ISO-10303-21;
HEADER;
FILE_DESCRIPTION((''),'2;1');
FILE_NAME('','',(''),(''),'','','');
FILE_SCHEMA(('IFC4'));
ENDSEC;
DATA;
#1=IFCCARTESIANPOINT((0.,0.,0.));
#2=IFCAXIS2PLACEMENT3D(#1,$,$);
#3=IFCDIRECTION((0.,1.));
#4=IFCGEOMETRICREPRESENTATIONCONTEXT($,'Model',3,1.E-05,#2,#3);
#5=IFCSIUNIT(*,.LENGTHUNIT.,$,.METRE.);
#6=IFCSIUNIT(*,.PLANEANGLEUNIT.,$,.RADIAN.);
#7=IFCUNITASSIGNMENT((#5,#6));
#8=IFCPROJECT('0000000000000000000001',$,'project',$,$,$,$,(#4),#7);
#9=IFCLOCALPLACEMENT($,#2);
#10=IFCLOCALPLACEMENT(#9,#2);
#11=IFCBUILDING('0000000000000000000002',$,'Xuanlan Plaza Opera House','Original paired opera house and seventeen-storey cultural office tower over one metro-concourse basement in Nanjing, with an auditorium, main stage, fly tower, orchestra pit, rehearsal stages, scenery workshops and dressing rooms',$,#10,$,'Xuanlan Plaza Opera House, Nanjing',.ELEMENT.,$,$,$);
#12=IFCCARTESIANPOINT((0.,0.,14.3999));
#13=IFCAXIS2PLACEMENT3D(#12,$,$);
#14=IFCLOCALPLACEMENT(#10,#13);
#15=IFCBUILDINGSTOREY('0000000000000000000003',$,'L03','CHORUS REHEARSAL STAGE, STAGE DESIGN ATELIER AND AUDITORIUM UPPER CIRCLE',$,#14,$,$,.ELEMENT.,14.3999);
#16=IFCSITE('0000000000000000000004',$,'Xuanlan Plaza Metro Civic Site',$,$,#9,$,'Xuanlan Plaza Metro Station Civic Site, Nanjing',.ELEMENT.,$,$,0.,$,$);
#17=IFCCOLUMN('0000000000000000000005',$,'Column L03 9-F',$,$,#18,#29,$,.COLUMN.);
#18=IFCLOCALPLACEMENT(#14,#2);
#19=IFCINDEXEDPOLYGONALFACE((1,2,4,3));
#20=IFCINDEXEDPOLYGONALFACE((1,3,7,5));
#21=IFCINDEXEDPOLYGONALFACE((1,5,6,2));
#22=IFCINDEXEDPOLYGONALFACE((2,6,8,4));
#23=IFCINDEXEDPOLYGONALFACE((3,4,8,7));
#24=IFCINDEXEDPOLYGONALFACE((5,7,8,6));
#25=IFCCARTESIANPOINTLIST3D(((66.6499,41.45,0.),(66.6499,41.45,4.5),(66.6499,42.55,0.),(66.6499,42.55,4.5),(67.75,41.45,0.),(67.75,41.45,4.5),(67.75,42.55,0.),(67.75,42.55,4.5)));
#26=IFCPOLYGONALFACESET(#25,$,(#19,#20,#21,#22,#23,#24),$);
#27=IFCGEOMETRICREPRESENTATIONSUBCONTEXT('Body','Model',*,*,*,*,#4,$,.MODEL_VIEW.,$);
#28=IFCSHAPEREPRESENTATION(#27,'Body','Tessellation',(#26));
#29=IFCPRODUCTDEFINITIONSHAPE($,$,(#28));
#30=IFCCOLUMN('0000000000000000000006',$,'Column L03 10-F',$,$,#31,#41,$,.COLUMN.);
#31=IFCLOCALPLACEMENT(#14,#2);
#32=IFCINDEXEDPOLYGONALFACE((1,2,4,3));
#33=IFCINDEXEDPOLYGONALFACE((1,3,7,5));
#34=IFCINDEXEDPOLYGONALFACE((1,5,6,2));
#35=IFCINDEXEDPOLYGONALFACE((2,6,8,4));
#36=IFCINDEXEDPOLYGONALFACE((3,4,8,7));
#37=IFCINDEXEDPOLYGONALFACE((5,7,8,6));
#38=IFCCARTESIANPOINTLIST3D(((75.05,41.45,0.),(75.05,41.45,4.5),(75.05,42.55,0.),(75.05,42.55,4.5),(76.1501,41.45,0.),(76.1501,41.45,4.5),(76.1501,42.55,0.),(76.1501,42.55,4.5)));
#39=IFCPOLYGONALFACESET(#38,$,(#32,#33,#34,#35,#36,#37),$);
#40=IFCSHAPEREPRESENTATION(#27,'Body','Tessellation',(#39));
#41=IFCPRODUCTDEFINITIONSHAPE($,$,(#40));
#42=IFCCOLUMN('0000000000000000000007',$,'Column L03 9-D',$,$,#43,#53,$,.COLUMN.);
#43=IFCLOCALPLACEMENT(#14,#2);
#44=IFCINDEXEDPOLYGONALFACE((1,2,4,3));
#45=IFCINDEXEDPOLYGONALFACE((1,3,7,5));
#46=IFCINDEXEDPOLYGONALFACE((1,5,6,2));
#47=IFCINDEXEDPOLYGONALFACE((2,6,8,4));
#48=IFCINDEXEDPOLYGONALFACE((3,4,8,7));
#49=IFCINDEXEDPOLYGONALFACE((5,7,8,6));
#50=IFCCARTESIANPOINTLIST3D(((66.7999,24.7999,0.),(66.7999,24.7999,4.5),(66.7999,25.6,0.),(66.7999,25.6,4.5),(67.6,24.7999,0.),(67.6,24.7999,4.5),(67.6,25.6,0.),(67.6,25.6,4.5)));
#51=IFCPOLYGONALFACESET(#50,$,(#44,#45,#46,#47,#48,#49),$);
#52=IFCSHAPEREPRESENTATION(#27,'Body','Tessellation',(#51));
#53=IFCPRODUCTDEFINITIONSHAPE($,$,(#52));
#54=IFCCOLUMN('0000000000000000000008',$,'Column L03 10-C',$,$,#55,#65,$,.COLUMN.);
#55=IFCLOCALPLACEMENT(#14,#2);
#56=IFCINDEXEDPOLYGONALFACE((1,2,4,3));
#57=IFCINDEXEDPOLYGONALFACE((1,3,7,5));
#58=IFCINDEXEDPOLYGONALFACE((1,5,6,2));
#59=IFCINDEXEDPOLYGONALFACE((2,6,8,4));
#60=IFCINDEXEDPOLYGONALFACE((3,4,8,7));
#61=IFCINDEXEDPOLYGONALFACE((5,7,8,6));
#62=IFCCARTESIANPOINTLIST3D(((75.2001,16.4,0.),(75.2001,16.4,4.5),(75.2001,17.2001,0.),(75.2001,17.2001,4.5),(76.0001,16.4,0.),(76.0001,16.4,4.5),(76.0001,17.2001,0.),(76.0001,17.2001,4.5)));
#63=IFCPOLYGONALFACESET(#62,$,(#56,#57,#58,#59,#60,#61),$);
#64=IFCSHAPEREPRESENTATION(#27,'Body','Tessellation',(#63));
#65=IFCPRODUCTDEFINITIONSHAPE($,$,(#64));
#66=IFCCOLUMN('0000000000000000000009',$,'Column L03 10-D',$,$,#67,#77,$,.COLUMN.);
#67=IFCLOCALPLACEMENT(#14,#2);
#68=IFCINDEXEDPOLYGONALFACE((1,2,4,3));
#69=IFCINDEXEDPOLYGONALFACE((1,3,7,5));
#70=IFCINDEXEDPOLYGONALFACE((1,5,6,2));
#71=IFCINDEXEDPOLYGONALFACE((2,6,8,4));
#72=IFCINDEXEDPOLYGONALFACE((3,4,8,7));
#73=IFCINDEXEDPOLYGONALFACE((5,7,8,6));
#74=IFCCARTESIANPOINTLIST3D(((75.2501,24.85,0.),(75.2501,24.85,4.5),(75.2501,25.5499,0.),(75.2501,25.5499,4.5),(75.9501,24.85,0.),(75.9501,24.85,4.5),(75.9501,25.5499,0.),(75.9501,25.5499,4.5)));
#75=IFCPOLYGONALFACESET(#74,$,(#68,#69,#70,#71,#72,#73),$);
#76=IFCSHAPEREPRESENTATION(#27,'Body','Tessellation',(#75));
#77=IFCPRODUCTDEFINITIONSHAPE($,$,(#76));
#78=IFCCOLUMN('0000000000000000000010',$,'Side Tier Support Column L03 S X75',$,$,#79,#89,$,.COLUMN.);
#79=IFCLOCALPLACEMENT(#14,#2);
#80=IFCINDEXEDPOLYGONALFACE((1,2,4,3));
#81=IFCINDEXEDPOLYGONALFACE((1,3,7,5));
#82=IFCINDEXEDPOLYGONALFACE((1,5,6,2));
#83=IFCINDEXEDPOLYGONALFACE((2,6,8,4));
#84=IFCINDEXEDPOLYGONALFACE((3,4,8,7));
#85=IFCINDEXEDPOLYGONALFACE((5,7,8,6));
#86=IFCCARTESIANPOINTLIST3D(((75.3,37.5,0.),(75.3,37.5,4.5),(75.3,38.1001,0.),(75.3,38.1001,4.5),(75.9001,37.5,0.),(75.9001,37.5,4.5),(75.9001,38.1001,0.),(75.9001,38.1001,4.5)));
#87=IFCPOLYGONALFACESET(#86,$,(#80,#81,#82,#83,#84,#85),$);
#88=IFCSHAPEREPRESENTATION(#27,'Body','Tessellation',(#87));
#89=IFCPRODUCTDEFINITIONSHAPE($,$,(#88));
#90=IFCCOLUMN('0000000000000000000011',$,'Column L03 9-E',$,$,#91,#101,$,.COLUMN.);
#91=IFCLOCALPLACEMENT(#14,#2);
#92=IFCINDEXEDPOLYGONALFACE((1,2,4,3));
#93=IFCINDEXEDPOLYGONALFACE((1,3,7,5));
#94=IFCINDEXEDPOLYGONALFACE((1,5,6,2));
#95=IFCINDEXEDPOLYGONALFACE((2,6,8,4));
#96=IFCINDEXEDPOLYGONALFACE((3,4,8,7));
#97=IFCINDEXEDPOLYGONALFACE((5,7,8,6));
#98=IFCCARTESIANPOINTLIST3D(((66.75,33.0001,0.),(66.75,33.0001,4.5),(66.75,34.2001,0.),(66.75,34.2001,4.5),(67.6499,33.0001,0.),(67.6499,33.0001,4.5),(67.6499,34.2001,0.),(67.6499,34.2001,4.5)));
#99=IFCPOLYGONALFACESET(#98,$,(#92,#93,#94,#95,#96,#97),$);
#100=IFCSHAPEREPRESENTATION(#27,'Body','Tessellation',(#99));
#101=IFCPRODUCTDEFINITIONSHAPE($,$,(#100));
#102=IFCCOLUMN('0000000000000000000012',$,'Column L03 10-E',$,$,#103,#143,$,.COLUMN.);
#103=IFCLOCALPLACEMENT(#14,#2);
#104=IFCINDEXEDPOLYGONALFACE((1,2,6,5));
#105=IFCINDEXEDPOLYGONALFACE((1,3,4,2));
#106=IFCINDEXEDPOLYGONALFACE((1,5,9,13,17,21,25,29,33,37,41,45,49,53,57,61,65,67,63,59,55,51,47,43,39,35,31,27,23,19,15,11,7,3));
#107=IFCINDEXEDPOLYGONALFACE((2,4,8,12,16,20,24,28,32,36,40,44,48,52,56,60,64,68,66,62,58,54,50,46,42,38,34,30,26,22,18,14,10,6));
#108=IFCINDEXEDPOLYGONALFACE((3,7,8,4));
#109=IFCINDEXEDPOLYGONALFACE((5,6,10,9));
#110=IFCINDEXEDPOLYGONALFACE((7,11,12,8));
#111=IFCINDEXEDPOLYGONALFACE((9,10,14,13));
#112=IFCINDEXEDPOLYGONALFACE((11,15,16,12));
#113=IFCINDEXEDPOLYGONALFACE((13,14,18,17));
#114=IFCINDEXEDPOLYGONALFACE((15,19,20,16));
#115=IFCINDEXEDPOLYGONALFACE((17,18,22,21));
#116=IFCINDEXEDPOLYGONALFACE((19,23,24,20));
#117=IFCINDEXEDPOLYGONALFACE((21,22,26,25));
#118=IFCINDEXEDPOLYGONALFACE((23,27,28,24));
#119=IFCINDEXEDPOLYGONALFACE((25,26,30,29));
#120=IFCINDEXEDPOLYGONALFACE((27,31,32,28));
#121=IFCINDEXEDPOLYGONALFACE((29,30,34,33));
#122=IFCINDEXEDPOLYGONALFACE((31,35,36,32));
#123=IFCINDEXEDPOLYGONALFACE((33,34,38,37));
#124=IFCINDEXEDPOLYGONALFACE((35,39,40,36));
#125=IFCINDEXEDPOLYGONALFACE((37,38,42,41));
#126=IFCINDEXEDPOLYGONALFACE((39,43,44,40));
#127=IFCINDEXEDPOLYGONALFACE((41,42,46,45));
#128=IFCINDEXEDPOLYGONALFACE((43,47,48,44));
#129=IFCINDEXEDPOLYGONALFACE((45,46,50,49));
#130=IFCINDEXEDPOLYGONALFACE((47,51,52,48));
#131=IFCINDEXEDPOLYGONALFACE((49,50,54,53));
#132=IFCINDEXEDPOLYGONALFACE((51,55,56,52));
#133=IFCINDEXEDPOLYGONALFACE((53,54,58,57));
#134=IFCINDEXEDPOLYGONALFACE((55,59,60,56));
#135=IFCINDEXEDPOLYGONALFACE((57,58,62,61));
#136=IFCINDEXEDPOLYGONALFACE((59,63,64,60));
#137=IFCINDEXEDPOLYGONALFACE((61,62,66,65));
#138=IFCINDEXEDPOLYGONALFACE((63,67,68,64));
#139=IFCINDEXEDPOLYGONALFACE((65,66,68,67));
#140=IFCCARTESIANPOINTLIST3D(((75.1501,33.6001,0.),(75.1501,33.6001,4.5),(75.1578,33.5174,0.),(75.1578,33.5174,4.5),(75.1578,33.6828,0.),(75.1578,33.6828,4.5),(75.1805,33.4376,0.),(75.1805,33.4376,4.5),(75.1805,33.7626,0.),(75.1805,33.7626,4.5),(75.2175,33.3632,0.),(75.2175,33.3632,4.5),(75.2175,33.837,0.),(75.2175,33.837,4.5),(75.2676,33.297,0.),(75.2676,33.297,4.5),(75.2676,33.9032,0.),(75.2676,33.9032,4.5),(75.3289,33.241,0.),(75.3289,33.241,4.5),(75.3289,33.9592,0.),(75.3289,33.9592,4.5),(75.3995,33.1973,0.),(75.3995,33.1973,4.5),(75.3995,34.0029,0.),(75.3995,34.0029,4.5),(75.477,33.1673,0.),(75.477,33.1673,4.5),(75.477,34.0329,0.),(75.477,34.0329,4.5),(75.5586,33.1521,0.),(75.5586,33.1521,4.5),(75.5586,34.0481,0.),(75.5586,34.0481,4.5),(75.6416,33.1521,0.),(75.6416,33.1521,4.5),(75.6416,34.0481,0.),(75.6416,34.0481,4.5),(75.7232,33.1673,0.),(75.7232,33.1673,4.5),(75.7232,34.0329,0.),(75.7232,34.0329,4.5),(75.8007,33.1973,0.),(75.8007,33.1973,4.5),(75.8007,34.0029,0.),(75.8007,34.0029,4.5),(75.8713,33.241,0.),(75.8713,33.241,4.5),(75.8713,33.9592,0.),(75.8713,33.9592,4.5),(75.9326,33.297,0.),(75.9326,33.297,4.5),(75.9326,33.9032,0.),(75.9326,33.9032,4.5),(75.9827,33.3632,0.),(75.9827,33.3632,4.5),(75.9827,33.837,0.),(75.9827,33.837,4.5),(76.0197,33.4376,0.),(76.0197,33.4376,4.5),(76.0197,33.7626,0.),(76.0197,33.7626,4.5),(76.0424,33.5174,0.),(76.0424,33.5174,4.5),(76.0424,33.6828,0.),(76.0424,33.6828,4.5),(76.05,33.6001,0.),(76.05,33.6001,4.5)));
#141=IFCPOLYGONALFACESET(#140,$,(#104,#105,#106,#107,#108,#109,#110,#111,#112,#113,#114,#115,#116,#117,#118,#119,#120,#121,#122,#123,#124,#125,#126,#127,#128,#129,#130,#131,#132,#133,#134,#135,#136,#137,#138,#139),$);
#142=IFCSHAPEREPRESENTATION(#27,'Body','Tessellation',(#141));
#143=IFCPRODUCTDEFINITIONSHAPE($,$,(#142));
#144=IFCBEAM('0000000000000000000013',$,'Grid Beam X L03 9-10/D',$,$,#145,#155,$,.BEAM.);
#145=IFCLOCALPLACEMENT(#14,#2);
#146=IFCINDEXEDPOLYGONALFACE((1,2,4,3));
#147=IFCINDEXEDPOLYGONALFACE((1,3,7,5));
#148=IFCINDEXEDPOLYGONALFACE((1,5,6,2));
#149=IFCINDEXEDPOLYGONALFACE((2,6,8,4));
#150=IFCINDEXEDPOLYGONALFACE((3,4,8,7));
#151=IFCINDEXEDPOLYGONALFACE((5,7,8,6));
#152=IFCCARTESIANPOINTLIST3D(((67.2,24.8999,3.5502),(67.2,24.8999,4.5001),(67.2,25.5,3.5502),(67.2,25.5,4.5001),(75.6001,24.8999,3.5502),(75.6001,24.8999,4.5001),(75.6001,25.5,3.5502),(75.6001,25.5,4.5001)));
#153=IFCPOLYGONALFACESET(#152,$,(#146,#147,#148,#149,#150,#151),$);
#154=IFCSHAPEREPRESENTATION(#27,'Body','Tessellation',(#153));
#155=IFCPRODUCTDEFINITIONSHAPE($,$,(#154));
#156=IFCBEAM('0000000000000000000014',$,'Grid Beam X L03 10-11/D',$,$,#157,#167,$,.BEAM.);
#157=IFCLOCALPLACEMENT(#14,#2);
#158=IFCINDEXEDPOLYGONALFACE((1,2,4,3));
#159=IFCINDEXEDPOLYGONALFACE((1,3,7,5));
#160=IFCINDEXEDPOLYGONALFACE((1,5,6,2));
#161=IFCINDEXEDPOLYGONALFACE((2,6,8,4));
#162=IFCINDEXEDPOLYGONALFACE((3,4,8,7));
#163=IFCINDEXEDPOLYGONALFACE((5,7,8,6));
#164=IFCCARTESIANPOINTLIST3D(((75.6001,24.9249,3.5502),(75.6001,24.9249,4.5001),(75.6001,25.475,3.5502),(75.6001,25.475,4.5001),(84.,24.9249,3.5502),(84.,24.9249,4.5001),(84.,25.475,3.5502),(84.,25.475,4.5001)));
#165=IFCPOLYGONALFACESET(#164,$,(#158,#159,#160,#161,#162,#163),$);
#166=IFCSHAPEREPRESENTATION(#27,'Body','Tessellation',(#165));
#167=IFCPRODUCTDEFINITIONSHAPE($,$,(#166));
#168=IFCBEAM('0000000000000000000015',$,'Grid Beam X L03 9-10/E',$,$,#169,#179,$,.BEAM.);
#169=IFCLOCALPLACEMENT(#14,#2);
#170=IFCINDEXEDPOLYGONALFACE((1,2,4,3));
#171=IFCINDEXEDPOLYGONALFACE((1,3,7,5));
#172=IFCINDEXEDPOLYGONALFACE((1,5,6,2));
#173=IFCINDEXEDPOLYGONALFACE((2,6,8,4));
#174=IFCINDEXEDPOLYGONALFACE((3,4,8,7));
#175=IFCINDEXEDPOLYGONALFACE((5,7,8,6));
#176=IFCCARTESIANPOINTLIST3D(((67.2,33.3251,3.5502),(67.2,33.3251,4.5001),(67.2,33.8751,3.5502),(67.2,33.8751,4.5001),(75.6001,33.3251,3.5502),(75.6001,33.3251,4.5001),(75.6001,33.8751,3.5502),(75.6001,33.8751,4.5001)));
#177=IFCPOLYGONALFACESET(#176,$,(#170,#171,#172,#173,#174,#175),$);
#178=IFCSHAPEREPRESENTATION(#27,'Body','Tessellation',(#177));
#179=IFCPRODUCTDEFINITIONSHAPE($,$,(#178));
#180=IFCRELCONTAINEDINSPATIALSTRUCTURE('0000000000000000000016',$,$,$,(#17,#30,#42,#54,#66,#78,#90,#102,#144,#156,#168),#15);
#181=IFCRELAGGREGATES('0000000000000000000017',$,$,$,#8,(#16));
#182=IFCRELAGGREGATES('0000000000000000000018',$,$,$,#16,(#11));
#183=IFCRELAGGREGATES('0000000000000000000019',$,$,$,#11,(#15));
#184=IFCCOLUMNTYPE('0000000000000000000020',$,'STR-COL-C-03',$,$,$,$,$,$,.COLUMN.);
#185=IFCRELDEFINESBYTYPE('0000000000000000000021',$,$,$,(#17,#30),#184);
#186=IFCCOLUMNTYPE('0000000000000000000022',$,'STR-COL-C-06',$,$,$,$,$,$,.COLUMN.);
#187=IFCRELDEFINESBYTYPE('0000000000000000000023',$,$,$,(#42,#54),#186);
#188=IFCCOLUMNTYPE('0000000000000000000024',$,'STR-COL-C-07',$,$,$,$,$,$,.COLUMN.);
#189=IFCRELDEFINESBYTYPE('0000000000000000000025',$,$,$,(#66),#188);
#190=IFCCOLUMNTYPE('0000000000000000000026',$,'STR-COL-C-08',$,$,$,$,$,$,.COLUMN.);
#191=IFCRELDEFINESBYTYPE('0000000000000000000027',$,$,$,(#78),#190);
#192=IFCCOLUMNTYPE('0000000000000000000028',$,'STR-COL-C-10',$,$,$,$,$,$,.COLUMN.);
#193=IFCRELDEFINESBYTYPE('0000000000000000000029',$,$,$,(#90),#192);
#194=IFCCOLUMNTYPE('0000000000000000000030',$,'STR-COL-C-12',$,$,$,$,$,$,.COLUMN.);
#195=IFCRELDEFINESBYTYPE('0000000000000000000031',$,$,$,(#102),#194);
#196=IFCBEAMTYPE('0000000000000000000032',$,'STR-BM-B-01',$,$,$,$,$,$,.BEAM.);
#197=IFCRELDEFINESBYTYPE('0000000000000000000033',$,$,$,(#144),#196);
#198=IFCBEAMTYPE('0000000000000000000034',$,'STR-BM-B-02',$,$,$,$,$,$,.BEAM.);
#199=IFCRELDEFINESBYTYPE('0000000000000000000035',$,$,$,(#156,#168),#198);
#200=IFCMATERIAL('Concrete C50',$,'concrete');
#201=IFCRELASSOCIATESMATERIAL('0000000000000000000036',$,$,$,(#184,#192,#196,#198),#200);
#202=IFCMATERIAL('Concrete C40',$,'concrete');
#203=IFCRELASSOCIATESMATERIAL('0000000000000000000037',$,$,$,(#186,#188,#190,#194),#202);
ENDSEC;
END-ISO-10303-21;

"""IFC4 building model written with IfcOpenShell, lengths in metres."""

from ifc_helpers import new_model, si_unit, direction, frame, origin, origin_2d, place, context, subcontext, project, spatial, rectangle, circle, extrude, material, material_profile, profile_set, type_object, element, save


model = new_model("IFC4")

# Units and contexts
model_context = context("Model", 3, precision=1e-05, world=origin(), true_north=direction((0.0, 1.0)))
body_context = subcontext(model_context, "Body", "Model", "MODEL_VIEW")
ifc_project = project(units=[si_unit("LENGTHUNIT", "METRE"), si_unit("PLANEANGLEUNIT", "RADIAN")], contexts=[model_context])

# Site, building, storey
site_placement = place(None, origin())
site = spatial("IfcSite", under=ifc_project, at=site_placement, Name="Xuanlan Plaza Metro Civic Site", LongName="Xuanlan Plaza Metro Station Civic Site, Nanjing", CompositionType="ELEMENT", RefElevation=0.0)
building_placement = place(site_placement, origin())
building = spatial("IfcBuilding", under=site, at=building_placement, Name="Xuanlan Plaza Opera House", Description="Original paired opera house and seventeen-storey cultural office tower over one metro-concourse basement in Nanjing, with an auditorium, main stage, fly tower, orchestra pit, rehearsal stages, scenery workshops and dressing rooms", LongName="Xuanlan Plaza Opera House, Nanjing", CompositionType="ELEMENT")
storey_placement = place(building_placement, frame((0.0, 0.0, 14.3999)))
storey = spatial("IfcBuildingStorey", under=building, at=storey_placement, Name="L03", Description="CHORUS REHEARSAL STAGE, STAGE DESIGN ATELIER AND AUDITORIUM UPPER CIRCLE", CompositionType="ELEMENT", Elevation=14.3999)

# Columns
ifc_material_1 = material(Name="Concrete C50", Category="concrete")
ifc_material_profile_1 = material_profile(ifc_material_1, rectangle(XDim=1.1001, YDim=1.1001, at=origin_2d()), Name="RC-COL 1100x1100")
ifc_profile_set_1 = profile_set([ifc_material_profile_1], Name="Concrete C50")
column_type_1 = type_object("IfcColumnType", Name="STR-COL-C-03", PredefinedType="COLUMN", material=ifc_profile_set_1)
for number, where, z_axis, x_axis, name in (
    (1, (67.2, 42.0, 0.0), (0.0, 0.0, 1.0), (1.0, 0.0, 0.0), "Column L03 9-F"),
    (2, (75.6001, 42.0, 0.0), (0.0, 0.0, 1.0), (1.0, 0.0, 0.0), "Column L03 10-F"),
):
    element("IfcColumn", number, at=place(storey_placement, frame(where, z_axis=z_axis, x_axis=x_axis)), inside=storey, type_object=column_type_1, Name=name, PredefinedType="COLUMN", context=body_context, shape_type="SweptSolid", body=[
        extrude(rectangle(XDim=1.1001, YDim=1.1001, at=origin_2d()), origin(), (0.0, 0.0, 1.0), 4.5),
    ])
ifc_material_2 = material(Name="Concrete C40", Category="concrete")
ifc_material_profile_2 = material_profile(ifc_material_2, rectangle(XDim=0.8, YDim=0.8, at=origin_2d()), Name="RC-COL 800x800")
ifc_profile_set_2 = profile_set([ifc_material_profile_2], Name="Concrete C40")
column_type_2 = type_object("IfcColumnType", Name="STR-COL-C-06", PredefinedType="COLUMN", material=ifc_profile_set_2)
for number, where, z_axis, x_axis, name in (
    (3, (67.2, 25.2, 0.0), (0.0, 0.0, 1.0), (1.0, 0.0, 0.0), "Column L03 9-D"),
    (4, (75.6001, 16.8, 0.0), (0.0, 0.0, 1.0), (1.0, 0.0, 0.0), "Column L03 10-C"),
):
    element("IfcColumn", number, at=place(storey_placement, frame(where, z_axis=z_axis, x_axis=x_axis)), inside=storey, type_object=column_type_2, Name=name, PredefinedType="COLUMN", context=body_context, shape_type="SweptSolid", body=[
        extrude(rectangle(XDim=0.8, YDim=0.8, at=origin_2d()), origin(), (0.0, 0.0, 1.0), 4.5),
    ])
ifc_material_profile_3 = material_profile(ifc_material_2, rectangle(XDim=0.7, YDim=0.7, at=origin_2d()), Name="RC-COL 700x700")
ifc_profile_set_3 = profile_set([ifc_material_profile_3], Name="Concrete C40")
column_type_3 = type_object("IfcColumnType", Name="STR-COL-C-07", PredefinedType="COLUMN", material=ifc_profile_set_3)
column_1_placement = place(storey_placement, frame((75.6001, 25.2, 0.0), z_axis=(0.0, 0.0, 1.0), x_axis=(1.0, 0.0, 0.0)))
element("IfcColumn", 5, at=column_1_placement, inside=storey, type_object=column_type_3, Name="Column L03 10-D", PredefinedType="COLUMN", context=body_context, shape_type="SweptSolid", body=[
    extrude(rectangle(XDim=0.7, YDim=0.7, at=origin_2d()), origin(), (0.0, 0.0, 1.0), 4.5),
])
ifc_material_profile_4 = material_profile(ifc_material_2, rectangle(XDim=0.6001, YDim=0.6001, at=origin_2d()), Name="RC-COL 600x600")
ifc_profile_set_4 = profile_set([ifc_material_profile_4], Name="Concrete C40")
column_type_4 = type_object("IfcColumnType", Name="STR-COL-C-08", PredefinedType="COLUMN", material=ifc_profile_set_4)
column_2_placement = place(storey_placement, frame((75.6001, 37.8, 0.0), z_axis=(0.0, 0.0, 1.0), x_axis=(1.0, 0.0, 0.0)))
element("IfcColumn", 6, at=column_2_placement, inside=storey, type_object=column_type_4, Name="Side Tier Support Column L03 S X75", PredefinedType="COLUMN", context=body_context, shape_type="SweptSolid", body=[
    extrude(rectangle(XDim=0.6001, YDim=0.6001, at=origin_2d()), origin(), (0.0, 0.0, 1.0), 4.5),
])
ifc_material_profile_5 = material_profile(ifc_material_1, rectangle(XDim=0.8999, YDim=1.2, at=origin_2d()), Name="RC-COL 900x1200")
ifc_profile_set_5 = profile_set([ifc_material_profile_5], Name="Concrete C50")
column_type_5 = type_object("IfcColumnType", Name="STR-COL-C-10", PredefinedType="COLUMN", material=ifc_profile_set_5)
column_3_placement = place(storey_placement, frame((67.2, 33.6001, 0.0), z_axis=(0.0, 0.0, 1.0), x_axis=(1.0, 0.0, 0.0)))
element("IfcColumn", 7, at=column_3_placement, inside=storey, type_object=column_type_5, Name="Column L03 9-E", PredefinedType="COLUMN", context=body_context, shape_type="SweptSolid", body=[
    extrude(rectangle(XDim=0.8999, YDim=1.2, at=origin_2d()), origin(), (0.0, 0.0, 1.0), 4.5),
])
ifc_material_profile_6 = material_profile(ifc_material_2, circle(Radius=0.45, at=origin_2d()), Name="RC-COL D900")
ifc_profile_set_6 = profile_set([ifc_material_profile_6], Name="Concrete C40")
column_type_6 = type_object("IfcColumnType", Name="STR-COL-C-12", PredefinedType="COLUMN", material=ifc_profile_set_6)
column_4_placement = place(storey_placement, frame((75.6001, 33.6001, 0.0), z_axis=(0.0, 0.0, 1.0), x_axis=(1.0, 0.0, 0.0)))
element("IfcColumn", 8, at=column_4_placement, inside=storey, type_object=column_type_6, Name="Column L03 10-E", PredefinedType="COLUMN", context=body_context, shape_type="SweptSolid", body=[
    extrude(circle(Radius=0.45, at=origin_2d()), origin(), (0.0, 0.0, 1.0), 4.5),
])

# Beams
ifc_material_profile_7 = material_profile(ifc_material_1, rectangle(XDim=0.6001, YDim=0.95, at=origin_2d()), Name="RC-BM 600x950")
ifc_profile_set_7 = profile_set([ifc_material_profile_7], Name="Concrete C50")
beam_type_1 = type_object("IfcBeamType", Name="STR-BM-B-01", PredefinedType="BEAM", material=ifc_profile_set_7)
beam_1_placement = place(storey_placement, frame((67.2, 25.2, 4.0251), z_axis=(1.0, 0.0, 0.0), x_axis=(0.0, 1.0, 0.0)))
element("IfcBeam", 9, at=beam_1_placement, inside=storey, type_object=beam_type_1, Name="Grid Beam X L03 9-10/D", PredefinedType="BEAM", context=body_context, shape_type="SweptSolid", body=[
    extrude(rectangle(XDim=0.6001, YDim=0.95, at=origin_2d()), origin(), (0.0, 0.0, 1.0), 8.4001),
])
ifc_material_profile_8 = material_profile(ifc_material_1, rectangle(XDim=0.55, YDim=0.95, at=origin_2d()), Name="RC-BM 550x950")
ifc_profile_set_8 = profile_set([ifc_material_profile_8], Name="Concrete C50")
beam_type_2 = type_object("IfcBeamType", Name="STR-BM-B-02", PredefinedType="BEAM", material=ifc_profile_set_8)
beam_2_placement = place(storey_placement, frame((75.6001, 25.2, 4.0251), z_axis=(1.0, 0.0, 0.0), x_axis=(0.0, 1.0, 0.0)))
element("IfcBeam", 10, at=beam_2_placement, inside=storey, type_object=beam_type_2, Name="Grid Beam X L03 10-11/D", PredefinedType="BEAM", context=body_context, shape_type="SweptSolid", body=[
    extrude(rectangle(XDim=0.55, YDim=0.95, at=origin_2d()), origin(), (0.0, 0.0, 1.0), 8.3999),
])
beam_3_placement = place(storey_placement, frame((67.2, 33.6001, 4.0251), z_axis=(1.0, 0.0, 0.0), x_axis=(0.0, 1.0, 0.0)))
element("IfcBeam", 11, at=beam_3_placement, inside=storey, type_object=beam_type_2, Name="Grid Beam X L03 9-10/E", PredefinedType="BEAM", context=body_context, shape_type="SweptSolid", body=[
    extrude(rectangle(XDim=0.55, YDim=0.95, at=origin_2d()), origin(), (0.0, 0.0, 1.0), 8.4001),
])

save(model, "model.ifc")
